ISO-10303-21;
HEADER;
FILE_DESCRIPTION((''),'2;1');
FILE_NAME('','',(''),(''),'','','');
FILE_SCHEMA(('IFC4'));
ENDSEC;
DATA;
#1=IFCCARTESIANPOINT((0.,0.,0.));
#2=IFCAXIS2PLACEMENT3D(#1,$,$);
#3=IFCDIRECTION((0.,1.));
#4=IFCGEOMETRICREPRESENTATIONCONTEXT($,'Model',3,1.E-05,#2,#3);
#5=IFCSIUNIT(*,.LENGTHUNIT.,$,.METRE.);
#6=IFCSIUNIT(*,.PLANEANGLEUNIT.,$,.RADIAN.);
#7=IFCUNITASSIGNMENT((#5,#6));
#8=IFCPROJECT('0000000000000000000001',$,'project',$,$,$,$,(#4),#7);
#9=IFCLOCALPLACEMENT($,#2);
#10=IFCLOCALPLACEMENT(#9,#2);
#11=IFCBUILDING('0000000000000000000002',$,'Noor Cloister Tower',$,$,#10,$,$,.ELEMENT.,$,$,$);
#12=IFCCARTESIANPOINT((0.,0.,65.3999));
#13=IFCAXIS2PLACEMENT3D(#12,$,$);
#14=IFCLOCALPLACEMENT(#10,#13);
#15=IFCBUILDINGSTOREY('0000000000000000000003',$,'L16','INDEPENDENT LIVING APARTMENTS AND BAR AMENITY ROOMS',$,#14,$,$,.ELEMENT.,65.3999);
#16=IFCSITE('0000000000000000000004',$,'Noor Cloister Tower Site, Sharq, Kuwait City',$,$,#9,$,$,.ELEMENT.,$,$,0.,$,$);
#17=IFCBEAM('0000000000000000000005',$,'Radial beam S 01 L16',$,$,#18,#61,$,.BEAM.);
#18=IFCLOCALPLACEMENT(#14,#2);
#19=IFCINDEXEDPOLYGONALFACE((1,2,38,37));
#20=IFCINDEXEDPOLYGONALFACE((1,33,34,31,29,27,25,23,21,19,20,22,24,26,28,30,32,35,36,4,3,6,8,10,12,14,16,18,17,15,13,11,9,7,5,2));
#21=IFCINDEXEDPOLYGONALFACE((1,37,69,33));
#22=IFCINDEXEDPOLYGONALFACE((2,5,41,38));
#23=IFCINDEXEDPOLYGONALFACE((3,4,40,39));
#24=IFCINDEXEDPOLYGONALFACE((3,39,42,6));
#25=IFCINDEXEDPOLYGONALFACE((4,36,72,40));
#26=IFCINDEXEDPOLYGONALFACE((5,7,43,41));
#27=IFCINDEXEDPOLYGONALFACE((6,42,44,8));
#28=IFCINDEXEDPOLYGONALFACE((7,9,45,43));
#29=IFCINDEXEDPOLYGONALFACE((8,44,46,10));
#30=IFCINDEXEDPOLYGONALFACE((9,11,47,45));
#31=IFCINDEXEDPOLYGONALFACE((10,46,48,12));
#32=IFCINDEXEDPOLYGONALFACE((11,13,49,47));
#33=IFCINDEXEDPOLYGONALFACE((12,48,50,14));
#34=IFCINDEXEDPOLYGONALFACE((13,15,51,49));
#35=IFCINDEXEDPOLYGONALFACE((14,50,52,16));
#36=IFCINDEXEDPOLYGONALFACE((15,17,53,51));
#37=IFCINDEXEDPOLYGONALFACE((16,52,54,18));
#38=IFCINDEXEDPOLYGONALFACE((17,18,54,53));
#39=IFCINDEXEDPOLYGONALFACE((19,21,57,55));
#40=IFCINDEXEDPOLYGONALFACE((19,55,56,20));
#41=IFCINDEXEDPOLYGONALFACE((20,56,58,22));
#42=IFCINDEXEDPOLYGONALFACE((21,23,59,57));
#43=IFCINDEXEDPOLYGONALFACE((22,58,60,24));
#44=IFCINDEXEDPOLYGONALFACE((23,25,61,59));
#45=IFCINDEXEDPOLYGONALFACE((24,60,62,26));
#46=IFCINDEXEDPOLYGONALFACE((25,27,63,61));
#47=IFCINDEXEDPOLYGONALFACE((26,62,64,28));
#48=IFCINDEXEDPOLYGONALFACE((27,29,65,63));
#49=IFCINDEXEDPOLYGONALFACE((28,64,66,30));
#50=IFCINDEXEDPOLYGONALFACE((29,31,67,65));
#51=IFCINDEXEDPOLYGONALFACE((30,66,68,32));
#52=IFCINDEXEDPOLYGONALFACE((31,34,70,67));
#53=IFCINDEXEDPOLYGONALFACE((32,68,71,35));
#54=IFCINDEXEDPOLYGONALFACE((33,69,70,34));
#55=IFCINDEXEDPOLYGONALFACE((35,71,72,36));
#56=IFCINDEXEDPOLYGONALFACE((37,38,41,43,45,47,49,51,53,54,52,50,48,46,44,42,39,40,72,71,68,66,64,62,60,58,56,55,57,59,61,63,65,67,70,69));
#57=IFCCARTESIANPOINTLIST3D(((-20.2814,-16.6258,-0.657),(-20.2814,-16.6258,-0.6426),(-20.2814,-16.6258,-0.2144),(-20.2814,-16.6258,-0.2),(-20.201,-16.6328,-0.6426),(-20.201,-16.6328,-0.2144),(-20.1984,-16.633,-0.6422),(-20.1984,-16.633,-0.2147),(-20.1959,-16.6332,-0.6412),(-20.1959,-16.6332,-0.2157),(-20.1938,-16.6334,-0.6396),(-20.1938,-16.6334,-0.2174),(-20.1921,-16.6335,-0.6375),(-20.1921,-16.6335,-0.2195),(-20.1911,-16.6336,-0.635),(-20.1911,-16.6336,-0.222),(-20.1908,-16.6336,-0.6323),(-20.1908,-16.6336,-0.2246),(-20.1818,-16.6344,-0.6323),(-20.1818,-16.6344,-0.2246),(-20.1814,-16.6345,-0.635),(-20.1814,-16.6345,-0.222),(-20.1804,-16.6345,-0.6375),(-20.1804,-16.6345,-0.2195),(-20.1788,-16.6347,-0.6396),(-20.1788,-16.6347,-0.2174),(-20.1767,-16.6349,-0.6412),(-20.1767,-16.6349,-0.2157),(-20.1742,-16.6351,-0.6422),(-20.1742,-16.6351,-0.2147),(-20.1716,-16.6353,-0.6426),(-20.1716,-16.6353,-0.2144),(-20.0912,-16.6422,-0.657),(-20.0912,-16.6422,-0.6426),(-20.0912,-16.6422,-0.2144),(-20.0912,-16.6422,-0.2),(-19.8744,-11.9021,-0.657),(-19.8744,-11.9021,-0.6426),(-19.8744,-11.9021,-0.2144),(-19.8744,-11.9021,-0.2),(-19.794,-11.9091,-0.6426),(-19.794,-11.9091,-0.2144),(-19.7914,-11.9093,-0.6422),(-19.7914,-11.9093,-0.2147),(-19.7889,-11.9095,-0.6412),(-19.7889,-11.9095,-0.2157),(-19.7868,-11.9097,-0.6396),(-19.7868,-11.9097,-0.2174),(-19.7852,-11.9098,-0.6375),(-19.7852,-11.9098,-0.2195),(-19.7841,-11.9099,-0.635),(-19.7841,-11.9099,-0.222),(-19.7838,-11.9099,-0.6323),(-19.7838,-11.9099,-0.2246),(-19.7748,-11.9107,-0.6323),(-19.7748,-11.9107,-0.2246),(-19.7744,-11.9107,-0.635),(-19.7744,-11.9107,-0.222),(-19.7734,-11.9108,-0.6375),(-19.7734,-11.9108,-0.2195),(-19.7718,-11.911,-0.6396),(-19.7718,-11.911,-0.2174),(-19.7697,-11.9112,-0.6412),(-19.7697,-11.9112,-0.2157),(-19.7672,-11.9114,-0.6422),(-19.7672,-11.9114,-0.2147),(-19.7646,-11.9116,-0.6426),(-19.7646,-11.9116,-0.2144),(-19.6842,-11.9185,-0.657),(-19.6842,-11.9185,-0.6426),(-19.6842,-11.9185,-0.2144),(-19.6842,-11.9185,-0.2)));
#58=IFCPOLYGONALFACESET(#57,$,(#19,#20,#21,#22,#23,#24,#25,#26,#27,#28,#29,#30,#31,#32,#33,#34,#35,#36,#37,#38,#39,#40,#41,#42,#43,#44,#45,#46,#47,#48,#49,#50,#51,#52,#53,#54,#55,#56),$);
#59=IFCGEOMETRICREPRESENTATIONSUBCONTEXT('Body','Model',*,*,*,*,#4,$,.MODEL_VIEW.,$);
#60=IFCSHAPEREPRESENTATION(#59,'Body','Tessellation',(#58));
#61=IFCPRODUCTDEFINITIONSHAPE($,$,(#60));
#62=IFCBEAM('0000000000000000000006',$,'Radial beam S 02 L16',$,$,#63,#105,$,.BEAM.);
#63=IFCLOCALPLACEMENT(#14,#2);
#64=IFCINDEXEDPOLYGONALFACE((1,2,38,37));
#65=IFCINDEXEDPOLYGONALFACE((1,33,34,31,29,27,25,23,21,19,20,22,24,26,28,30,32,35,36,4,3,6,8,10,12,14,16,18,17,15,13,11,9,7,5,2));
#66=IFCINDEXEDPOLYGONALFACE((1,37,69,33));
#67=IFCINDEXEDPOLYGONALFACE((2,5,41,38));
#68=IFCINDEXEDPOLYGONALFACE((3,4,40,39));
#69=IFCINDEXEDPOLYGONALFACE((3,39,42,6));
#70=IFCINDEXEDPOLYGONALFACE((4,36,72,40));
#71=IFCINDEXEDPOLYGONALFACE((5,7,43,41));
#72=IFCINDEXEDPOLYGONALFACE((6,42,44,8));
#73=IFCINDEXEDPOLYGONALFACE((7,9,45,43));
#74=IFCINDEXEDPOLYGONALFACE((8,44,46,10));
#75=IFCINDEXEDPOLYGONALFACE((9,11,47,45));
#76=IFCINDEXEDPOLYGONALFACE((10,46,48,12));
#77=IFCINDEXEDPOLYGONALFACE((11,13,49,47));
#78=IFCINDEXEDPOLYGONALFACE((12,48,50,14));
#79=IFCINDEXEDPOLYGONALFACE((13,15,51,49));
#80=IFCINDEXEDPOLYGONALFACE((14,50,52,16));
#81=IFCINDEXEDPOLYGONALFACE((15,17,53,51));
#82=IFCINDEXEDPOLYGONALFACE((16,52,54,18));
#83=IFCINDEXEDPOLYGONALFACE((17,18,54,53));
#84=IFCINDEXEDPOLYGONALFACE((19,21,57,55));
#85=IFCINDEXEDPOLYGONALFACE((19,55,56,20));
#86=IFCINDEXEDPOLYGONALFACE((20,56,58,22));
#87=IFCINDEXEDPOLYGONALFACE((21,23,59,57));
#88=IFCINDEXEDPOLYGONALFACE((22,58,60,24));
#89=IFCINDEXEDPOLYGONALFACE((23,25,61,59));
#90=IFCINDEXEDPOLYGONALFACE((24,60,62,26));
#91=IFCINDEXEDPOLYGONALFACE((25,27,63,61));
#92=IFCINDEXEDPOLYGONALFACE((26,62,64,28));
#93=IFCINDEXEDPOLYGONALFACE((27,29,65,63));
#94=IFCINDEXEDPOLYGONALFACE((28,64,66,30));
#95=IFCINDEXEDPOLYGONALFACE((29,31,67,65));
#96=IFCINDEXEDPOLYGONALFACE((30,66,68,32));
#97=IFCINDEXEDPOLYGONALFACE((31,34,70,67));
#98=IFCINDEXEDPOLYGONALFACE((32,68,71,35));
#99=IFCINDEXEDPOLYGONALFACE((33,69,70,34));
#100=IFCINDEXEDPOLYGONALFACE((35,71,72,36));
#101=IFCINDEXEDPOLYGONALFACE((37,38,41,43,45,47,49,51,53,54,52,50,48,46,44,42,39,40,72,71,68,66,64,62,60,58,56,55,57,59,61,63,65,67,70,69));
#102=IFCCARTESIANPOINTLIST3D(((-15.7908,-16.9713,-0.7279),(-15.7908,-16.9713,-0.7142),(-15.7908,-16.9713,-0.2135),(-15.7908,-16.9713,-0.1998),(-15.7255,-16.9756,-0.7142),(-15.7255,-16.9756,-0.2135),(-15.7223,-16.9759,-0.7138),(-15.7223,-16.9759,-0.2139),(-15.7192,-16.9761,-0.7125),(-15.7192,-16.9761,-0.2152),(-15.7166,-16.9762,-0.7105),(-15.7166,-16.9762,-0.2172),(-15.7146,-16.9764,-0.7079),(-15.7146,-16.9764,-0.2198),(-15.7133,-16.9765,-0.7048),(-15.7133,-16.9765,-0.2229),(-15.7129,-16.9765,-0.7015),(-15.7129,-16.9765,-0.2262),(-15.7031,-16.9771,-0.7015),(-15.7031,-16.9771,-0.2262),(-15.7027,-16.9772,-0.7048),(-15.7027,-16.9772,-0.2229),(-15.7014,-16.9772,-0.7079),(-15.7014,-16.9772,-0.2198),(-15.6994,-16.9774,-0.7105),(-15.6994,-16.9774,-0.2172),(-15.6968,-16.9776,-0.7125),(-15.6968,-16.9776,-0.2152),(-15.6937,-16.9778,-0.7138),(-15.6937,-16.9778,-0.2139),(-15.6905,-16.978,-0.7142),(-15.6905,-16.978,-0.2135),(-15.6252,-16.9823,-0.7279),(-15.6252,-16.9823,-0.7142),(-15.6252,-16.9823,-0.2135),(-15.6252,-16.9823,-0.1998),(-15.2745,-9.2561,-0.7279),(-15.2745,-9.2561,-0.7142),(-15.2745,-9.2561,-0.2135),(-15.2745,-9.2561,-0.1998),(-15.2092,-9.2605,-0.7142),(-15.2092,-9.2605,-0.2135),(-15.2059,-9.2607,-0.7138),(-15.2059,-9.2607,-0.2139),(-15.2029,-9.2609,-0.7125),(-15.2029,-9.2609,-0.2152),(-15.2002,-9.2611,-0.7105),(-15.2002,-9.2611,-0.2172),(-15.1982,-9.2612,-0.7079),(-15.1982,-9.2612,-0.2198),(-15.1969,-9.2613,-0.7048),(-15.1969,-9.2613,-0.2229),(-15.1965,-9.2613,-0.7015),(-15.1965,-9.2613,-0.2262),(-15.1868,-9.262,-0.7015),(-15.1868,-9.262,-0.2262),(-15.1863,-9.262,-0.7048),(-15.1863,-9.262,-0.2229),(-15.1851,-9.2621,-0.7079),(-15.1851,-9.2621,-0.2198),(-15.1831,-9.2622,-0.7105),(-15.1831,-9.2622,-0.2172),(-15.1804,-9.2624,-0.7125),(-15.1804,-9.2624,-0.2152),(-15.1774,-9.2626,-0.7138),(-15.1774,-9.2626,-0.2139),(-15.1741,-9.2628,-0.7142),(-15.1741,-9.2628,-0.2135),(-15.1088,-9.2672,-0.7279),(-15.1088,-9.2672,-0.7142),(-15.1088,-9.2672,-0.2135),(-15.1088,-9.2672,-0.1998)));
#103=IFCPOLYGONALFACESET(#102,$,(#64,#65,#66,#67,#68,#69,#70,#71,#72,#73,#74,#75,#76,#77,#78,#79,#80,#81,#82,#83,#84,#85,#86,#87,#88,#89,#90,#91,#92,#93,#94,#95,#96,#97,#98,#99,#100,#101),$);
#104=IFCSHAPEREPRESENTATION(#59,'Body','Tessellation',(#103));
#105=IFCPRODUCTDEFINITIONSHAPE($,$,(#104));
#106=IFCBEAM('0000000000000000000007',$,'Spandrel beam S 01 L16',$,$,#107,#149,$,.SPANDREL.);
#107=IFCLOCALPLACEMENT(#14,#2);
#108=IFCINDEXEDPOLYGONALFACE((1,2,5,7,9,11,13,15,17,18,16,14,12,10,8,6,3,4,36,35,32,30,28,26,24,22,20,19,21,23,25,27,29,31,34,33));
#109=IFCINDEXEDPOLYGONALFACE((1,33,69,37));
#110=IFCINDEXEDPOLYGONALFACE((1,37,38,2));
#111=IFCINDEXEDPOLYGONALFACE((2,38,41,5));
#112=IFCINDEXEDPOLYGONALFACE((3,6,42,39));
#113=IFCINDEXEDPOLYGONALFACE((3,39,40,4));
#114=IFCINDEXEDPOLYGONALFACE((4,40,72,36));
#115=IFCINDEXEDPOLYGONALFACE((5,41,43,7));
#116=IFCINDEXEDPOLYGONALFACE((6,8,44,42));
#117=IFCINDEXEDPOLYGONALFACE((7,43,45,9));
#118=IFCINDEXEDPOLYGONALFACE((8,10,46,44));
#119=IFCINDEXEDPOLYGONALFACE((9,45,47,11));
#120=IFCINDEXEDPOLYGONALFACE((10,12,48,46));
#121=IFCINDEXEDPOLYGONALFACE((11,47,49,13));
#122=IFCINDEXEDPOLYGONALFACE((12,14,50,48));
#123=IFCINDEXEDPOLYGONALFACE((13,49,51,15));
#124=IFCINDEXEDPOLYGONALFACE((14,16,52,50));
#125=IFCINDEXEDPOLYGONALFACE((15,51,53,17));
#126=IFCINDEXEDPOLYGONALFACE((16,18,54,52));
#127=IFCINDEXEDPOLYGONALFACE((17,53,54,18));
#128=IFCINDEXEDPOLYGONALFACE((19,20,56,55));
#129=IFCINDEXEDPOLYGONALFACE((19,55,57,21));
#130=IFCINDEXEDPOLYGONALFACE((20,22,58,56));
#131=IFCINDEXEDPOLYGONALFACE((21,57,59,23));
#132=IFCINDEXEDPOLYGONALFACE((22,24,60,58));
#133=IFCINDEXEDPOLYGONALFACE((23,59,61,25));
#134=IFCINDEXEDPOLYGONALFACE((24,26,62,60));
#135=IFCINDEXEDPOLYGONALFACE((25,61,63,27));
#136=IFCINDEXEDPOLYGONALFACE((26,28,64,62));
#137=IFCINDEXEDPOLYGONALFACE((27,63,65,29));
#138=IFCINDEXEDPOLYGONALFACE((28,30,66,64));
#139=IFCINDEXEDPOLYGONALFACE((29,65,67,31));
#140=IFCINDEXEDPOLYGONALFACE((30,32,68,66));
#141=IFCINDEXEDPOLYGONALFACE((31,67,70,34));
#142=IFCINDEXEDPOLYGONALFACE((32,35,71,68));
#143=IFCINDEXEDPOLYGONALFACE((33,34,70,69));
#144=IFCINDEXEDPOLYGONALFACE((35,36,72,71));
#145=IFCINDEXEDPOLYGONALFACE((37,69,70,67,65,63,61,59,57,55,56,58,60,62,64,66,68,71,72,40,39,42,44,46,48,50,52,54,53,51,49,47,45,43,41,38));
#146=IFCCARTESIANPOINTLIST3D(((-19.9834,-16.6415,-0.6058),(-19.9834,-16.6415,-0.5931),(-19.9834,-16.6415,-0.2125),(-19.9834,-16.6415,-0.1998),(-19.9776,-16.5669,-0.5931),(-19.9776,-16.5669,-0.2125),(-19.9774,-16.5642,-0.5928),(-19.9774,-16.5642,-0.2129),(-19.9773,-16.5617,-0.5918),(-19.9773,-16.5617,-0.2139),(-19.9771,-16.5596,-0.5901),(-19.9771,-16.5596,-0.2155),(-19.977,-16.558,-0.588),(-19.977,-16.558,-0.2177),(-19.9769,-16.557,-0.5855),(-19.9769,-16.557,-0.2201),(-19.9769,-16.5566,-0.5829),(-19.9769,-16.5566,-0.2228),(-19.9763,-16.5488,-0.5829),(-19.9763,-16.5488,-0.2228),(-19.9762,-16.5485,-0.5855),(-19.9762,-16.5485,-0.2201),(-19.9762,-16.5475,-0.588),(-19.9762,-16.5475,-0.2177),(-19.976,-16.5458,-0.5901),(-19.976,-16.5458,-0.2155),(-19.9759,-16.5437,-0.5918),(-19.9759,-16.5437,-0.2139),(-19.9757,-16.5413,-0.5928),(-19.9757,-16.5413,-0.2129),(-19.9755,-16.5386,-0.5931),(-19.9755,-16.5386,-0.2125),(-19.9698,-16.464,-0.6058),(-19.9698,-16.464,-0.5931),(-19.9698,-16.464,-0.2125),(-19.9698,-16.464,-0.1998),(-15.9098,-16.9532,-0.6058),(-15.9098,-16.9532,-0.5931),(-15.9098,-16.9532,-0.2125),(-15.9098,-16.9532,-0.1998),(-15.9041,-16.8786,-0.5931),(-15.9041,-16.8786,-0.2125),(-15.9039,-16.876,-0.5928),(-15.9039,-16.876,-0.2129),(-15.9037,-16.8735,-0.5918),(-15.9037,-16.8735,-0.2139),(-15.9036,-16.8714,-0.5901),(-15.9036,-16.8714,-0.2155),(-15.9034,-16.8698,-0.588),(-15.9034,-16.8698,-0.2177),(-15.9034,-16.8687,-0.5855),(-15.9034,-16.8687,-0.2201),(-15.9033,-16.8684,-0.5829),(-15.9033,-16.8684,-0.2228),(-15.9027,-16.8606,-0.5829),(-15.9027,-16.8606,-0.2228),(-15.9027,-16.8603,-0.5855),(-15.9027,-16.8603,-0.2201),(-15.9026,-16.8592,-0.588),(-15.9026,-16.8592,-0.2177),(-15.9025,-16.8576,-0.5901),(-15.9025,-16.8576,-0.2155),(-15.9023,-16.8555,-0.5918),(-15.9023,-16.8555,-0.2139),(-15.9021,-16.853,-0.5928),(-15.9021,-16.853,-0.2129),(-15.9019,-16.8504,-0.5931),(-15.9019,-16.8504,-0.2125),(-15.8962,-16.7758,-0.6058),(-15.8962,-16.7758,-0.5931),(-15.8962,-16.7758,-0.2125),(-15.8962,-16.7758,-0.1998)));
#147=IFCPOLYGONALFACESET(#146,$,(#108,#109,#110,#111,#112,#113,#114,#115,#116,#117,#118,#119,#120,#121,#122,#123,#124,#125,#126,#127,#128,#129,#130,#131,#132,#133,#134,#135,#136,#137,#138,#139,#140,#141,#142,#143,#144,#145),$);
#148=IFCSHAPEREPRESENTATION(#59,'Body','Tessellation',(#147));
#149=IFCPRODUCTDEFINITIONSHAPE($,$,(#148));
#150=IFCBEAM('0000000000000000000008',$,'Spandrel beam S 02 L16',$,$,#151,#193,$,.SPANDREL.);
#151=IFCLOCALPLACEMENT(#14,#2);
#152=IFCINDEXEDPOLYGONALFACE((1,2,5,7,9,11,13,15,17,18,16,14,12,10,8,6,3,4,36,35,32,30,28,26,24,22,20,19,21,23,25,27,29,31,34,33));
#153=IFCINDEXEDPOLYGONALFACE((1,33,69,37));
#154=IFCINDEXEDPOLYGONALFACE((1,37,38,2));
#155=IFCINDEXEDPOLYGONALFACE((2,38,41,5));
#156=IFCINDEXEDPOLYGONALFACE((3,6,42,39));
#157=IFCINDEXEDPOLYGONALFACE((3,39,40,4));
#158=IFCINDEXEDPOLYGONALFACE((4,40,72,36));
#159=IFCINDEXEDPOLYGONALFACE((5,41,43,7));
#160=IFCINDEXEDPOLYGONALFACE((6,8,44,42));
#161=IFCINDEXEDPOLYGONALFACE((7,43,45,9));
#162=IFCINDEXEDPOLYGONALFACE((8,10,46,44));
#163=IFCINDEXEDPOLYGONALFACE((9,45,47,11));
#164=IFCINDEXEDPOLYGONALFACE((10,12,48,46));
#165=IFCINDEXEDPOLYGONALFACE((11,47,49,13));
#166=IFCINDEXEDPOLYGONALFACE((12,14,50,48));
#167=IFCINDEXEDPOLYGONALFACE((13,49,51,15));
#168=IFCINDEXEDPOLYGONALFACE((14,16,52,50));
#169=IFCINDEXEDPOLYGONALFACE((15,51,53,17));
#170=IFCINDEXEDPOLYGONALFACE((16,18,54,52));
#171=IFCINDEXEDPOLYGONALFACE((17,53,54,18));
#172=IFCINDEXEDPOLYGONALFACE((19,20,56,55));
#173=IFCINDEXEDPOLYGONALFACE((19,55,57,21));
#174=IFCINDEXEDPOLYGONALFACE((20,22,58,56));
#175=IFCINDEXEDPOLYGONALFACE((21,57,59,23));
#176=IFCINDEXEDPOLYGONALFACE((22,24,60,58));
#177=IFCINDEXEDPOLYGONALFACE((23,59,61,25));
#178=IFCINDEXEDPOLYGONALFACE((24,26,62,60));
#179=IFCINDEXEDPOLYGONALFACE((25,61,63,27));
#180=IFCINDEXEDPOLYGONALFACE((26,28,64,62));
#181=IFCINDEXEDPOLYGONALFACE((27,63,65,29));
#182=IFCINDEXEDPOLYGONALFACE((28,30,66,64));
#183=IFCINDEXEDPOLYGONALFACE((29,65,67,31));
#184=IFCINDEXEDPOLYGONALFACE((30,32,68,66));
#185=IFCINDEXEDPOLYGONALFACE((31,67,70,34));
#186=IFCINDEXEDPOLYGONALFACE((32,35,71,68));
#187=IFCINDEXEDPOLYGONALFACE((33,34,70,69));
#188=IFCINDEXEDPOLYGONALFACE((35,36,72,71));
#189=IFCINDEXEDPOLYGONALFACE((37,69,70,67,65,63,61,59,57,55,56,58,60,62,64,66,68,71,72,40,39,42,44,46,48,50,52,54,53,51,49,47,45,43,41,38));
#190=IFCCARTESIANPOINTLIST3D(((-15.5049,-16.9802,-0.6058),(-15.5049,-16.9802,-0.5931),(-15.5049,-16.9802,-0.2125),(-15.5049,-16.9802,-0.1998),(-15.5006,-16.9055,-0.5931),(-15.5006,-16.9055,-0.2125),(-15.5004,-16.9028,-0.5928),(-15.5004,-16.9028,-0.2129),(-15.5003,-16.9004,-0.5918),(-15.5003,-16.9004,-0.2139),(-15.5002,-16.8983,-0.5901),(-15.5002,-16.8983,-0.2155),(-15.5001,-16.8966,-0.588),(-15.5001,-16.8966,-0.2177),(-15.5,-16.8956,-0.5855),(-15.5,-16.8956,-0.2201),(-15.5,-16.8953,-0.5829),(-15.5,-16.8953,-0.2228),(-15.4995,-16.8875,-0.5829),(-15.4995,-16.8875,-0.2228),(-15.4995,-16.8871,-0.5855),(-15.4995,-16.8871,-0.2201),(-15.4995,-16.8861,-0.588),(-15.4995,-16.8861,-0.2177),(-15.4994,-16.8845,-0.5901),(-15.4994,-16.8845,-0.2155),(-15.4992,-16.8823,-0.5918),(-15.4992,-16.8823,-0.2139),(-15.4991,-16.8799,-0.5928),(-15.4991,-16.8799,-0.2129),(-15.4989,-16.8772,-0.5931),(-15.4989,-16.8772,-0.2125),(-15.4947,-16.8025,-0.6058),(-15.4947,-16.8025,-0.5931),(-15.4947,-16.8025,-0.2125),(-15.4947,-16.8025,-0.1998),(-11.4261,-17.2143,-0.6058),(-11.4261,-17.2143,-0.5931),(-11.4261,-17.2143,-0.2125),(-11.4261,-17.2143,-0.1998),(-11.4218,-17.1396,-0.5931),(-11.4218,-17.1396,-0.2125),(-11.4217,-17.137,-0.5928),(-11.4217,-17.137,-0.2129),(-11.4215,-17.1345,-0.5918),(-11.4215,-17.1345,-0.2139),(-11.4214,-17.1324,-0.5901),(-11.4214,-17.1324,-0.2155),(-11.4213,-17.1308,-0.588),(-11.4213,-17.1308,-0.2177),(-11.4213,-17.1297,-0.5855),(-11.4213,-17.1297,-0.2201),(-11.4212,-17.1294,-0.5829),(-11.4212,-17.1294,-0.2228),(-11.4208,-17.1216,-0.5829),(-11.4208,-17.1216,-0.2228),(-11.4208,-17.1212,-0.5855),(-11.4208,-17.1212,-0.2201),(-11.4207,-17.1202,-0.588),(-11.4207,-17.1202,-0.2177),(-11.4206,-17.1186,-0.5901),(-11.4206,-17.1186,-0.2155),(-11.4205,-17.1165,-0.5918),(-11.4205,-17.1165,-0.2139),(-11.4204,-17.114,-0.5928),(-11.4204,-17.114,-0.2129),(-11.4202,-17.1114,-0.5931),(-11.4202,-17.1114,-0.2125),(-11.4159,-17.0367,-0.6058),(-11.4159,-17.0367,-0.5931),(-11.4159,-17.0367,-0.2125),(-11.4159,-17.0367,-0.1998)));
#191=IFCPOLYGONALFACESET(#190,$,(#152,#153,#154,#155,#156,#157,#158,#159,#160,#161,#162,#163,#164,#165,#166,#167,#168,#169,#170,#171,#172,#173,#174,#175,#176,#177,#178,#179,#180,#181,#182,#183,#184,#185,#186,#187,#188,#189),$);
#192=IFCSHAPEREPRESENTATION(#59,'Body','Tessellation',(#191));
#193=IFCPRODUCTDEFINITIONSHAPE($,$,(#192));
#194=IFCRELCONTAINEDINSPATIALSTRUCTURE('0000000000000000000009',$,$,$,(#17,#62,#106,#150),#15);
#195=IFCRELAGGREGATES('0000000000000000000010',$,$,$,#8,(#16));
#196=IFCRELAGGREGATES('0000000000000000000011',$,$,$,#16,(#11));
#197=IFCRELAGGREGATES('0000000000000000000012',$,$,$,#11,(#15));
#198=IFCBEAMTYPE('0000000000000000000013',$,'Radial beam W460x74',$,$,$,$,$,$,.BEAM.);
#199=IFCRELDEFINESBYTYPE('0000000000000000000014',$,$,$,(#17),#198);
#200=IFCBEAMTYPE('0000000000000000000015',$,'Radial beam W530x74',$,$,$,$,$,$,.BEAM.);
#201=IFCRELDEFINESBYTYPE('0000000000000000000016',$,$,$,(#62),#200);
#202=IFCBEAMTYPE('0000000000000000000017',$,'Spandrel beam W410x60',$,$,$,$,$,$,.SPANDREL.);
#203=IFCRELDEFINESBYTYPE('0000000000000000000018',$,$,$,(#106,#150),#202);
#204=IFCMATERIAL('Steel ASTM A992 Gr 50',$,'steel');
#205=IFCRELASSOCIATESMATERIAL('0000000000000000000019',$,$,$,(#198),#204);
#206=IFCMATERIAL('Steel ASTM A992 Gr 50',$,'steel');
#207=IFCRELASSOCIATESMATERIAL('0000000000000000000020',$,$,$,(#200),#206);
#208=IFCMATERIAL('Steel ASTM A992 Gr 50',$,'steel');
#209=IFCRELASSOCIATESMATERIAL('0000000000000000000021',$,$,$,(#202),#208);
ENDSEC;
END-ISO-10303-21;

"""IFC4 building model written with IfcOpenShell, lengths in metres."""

from ifc_helpers import new_model, si_unit, direction, frame, origin, origin_2d, place, context, subcontext, project, spatial, i_section, extrude, material, material_profile, profile_set, type_object, element, save


model = new_model("IFC4")

# Units and contexts
model_context = context("Model", 3, precision=1e-05, world=origin(), true_north=direction((0.0, 1.0)))
body_context = subcontext(model_context, "Body", "Model", "MODEL_VIEW")
ifc_project = project(units=[si_unit("LENGTHUNIT", "METRE"), si_unit("PLANEANGLEUNIT", "RADIAN")], contexts=[model_context])

# Site, building, storey
site_placement = place(None, origin())
site = spatial("IfcSite", under=ifc_project, at=site_placement, Name="Noor Cloister Tower Site, Sharq, Kuwait City", CompositionType="ELEMENT", RefElevation=0.0)
building_placement = place(site_placement, origin())
building = spatial("IfcBuilding", under=site, at=building_placement, Name="Noor Cloister Tower", CompositionType="ELEMENT")
storey_placement = place(building_placement, frame((0.0, 0.0, 65.3999)))
storey = spatial("IfcBuildingStorey", under=building, at=storey_placement, Name="L16", Description="INDEPENDENT LIVING APARTMENTS AND BAR AMENITY ROOMS", CompositionType="ELEMENT", Elevation=65.3999)

# Beams
ifc_material_1 = material(Name="Steel ASTM A992 Gr 50", Category="steel")
ifc_material_profile_1 = material_profile(ifc_material_1, i_section(OverallWidth=0.1909, OverallDepth=0.457, WebThickness=0.009, FlangeThickness=0.0144, FilletRadius=0.0103, at=origin_2d()), Name="W460x74")
ifc_profile_set_1 = profile_set([ifc_material_profile_1], Name="Steel ASTM A992 Gr 50")
beam_type_1 = type_object("IfcBeamType", Name="Radial beam W460x74", PredefinedType="BEAM", material=ifc_profile_set_1)
for number, where, z_axis, x_axis, name in (
    (1, (-20.1863, -16.634, -0.4285), (0.085841, 0.996309, 0.0), (-0.996309, 0.085841, 0.0), "Radial beam S 01 L16"),
):
    element("IfcBeam", number, at=place(storey_placement, frame(where, z_axis=z_axis, x_axis=x_axis)), inside=storey, type_object=beam_type_1, Name=name, PredefinedType="BEAM", context=body_context, shape_type="SweptSolid", body=[
        extrude(i_section(OverallWidth=0.1909, OverallDepth=0.457, WebThickness=0.009, FlangeThickness=0.0144, FilletRadius=0.0103, at=origin_2d()), origin(), (0.0, 0.0, 1.0), 4.7412),
    ])
ifc_material_2 = material(Name="Steel ASTM A992 Gr 50", Category="steel")
ifc_material_profile_2 = material_profile(ifc_material_2, i_section(OverallWidth=0.166, OverallDepth=0.5281, WebThickness=0.0098, FlangeThickness=0.0137, FilletRadius=0.0127, at=origin_2d()), Name="W530x74")
ifc_profile_set_2 = profile_set([ifc_material_profile_2], Name="Steel ASTM A992 Gr 50")
beam_type_2 = type_object("IfcBeamType", Name="Radial beam W530x74", PredefinedType="BEAM", material=ifc_profile_set_2)
beam_1_placement = place(storey_placement, frame((-15.708, -16.9768, -0.4639), z_axis=(0.066779, 0.997768, 0.0), x_axis=(-0.997768, 0.066779, 0.0)))
element("IfcBeam", 2, at=beam_1_placement, inside=storey, type_object=beam_type_2, Name="Radial beam S 02 L16", PredefinedType="BEAM", context=body_context, shape_type="SweptSolid", body=[
    extrude(i_section(OverallWidth=0.166, OverallDepth=0.5281, WebThickness=0.0098, FlangeThickness=0.0137, FilletRadius=0.0127, at=origin_2d()), origin(), (0.0, 0.0, 1.0), 7.7324),
])
ifc_material_3 = material(Name="Steel ASTM A992 Gr 50", Category="steel")
ifc_material_profile_3 = material_profile(ifc_material_3, i_section(OverallWidth=0.178, OverallDepth=0.406, WebThickness=0.0078, FlangeThickness=0.0127, FilletRadius=0.0103, at=origin_2d()), Name="W410x60")
ifc_profile_set_3 = profile_set([ifc_material_profile_3], Name="Steel ASTM A992 Gr 50")
beam_type_3 = type_object("IfcBeamType", Name="Spandrel beam W410x60", PredefinedType="SPANDREL", material=ifc_profile_set_3)
for number, where, z_axis, x_axis, name in (
    (3, (-19.9766, -16.5527, -0.4028), (0.997084, -0.076313, 0.0), (0.076313, 0.997084, 0.0), "Spandrel beam S 01 L16"),
    (4, (-15.4998, -16.8914, -0.4028), (0.998356, -0.05731, 0.0), (0.05731, 0.998356, 0.0), "Spandrel beam S 02 L16"),
):
    element("IfcBeam", number, at=place(storey_placement, frame(where, z_axis=z_axis, x_axis=x_axis)), inside=storey, type_object=beam_type_3, Name=name, PredefinedType="SPANDREL", context=body_context, shape_type="SweptSolid", body=[
        extrude(i_section(OverallWidth=0.178, OverallDepth=0.406, WebThickness=0.0078, FlangeThickness=0.0127, FilletRadius=0.0103, at=origin_2d()), origin(), (0.0, 0.0, 1.0), 4.0854),
    ])

save(model, "model.ifc")
